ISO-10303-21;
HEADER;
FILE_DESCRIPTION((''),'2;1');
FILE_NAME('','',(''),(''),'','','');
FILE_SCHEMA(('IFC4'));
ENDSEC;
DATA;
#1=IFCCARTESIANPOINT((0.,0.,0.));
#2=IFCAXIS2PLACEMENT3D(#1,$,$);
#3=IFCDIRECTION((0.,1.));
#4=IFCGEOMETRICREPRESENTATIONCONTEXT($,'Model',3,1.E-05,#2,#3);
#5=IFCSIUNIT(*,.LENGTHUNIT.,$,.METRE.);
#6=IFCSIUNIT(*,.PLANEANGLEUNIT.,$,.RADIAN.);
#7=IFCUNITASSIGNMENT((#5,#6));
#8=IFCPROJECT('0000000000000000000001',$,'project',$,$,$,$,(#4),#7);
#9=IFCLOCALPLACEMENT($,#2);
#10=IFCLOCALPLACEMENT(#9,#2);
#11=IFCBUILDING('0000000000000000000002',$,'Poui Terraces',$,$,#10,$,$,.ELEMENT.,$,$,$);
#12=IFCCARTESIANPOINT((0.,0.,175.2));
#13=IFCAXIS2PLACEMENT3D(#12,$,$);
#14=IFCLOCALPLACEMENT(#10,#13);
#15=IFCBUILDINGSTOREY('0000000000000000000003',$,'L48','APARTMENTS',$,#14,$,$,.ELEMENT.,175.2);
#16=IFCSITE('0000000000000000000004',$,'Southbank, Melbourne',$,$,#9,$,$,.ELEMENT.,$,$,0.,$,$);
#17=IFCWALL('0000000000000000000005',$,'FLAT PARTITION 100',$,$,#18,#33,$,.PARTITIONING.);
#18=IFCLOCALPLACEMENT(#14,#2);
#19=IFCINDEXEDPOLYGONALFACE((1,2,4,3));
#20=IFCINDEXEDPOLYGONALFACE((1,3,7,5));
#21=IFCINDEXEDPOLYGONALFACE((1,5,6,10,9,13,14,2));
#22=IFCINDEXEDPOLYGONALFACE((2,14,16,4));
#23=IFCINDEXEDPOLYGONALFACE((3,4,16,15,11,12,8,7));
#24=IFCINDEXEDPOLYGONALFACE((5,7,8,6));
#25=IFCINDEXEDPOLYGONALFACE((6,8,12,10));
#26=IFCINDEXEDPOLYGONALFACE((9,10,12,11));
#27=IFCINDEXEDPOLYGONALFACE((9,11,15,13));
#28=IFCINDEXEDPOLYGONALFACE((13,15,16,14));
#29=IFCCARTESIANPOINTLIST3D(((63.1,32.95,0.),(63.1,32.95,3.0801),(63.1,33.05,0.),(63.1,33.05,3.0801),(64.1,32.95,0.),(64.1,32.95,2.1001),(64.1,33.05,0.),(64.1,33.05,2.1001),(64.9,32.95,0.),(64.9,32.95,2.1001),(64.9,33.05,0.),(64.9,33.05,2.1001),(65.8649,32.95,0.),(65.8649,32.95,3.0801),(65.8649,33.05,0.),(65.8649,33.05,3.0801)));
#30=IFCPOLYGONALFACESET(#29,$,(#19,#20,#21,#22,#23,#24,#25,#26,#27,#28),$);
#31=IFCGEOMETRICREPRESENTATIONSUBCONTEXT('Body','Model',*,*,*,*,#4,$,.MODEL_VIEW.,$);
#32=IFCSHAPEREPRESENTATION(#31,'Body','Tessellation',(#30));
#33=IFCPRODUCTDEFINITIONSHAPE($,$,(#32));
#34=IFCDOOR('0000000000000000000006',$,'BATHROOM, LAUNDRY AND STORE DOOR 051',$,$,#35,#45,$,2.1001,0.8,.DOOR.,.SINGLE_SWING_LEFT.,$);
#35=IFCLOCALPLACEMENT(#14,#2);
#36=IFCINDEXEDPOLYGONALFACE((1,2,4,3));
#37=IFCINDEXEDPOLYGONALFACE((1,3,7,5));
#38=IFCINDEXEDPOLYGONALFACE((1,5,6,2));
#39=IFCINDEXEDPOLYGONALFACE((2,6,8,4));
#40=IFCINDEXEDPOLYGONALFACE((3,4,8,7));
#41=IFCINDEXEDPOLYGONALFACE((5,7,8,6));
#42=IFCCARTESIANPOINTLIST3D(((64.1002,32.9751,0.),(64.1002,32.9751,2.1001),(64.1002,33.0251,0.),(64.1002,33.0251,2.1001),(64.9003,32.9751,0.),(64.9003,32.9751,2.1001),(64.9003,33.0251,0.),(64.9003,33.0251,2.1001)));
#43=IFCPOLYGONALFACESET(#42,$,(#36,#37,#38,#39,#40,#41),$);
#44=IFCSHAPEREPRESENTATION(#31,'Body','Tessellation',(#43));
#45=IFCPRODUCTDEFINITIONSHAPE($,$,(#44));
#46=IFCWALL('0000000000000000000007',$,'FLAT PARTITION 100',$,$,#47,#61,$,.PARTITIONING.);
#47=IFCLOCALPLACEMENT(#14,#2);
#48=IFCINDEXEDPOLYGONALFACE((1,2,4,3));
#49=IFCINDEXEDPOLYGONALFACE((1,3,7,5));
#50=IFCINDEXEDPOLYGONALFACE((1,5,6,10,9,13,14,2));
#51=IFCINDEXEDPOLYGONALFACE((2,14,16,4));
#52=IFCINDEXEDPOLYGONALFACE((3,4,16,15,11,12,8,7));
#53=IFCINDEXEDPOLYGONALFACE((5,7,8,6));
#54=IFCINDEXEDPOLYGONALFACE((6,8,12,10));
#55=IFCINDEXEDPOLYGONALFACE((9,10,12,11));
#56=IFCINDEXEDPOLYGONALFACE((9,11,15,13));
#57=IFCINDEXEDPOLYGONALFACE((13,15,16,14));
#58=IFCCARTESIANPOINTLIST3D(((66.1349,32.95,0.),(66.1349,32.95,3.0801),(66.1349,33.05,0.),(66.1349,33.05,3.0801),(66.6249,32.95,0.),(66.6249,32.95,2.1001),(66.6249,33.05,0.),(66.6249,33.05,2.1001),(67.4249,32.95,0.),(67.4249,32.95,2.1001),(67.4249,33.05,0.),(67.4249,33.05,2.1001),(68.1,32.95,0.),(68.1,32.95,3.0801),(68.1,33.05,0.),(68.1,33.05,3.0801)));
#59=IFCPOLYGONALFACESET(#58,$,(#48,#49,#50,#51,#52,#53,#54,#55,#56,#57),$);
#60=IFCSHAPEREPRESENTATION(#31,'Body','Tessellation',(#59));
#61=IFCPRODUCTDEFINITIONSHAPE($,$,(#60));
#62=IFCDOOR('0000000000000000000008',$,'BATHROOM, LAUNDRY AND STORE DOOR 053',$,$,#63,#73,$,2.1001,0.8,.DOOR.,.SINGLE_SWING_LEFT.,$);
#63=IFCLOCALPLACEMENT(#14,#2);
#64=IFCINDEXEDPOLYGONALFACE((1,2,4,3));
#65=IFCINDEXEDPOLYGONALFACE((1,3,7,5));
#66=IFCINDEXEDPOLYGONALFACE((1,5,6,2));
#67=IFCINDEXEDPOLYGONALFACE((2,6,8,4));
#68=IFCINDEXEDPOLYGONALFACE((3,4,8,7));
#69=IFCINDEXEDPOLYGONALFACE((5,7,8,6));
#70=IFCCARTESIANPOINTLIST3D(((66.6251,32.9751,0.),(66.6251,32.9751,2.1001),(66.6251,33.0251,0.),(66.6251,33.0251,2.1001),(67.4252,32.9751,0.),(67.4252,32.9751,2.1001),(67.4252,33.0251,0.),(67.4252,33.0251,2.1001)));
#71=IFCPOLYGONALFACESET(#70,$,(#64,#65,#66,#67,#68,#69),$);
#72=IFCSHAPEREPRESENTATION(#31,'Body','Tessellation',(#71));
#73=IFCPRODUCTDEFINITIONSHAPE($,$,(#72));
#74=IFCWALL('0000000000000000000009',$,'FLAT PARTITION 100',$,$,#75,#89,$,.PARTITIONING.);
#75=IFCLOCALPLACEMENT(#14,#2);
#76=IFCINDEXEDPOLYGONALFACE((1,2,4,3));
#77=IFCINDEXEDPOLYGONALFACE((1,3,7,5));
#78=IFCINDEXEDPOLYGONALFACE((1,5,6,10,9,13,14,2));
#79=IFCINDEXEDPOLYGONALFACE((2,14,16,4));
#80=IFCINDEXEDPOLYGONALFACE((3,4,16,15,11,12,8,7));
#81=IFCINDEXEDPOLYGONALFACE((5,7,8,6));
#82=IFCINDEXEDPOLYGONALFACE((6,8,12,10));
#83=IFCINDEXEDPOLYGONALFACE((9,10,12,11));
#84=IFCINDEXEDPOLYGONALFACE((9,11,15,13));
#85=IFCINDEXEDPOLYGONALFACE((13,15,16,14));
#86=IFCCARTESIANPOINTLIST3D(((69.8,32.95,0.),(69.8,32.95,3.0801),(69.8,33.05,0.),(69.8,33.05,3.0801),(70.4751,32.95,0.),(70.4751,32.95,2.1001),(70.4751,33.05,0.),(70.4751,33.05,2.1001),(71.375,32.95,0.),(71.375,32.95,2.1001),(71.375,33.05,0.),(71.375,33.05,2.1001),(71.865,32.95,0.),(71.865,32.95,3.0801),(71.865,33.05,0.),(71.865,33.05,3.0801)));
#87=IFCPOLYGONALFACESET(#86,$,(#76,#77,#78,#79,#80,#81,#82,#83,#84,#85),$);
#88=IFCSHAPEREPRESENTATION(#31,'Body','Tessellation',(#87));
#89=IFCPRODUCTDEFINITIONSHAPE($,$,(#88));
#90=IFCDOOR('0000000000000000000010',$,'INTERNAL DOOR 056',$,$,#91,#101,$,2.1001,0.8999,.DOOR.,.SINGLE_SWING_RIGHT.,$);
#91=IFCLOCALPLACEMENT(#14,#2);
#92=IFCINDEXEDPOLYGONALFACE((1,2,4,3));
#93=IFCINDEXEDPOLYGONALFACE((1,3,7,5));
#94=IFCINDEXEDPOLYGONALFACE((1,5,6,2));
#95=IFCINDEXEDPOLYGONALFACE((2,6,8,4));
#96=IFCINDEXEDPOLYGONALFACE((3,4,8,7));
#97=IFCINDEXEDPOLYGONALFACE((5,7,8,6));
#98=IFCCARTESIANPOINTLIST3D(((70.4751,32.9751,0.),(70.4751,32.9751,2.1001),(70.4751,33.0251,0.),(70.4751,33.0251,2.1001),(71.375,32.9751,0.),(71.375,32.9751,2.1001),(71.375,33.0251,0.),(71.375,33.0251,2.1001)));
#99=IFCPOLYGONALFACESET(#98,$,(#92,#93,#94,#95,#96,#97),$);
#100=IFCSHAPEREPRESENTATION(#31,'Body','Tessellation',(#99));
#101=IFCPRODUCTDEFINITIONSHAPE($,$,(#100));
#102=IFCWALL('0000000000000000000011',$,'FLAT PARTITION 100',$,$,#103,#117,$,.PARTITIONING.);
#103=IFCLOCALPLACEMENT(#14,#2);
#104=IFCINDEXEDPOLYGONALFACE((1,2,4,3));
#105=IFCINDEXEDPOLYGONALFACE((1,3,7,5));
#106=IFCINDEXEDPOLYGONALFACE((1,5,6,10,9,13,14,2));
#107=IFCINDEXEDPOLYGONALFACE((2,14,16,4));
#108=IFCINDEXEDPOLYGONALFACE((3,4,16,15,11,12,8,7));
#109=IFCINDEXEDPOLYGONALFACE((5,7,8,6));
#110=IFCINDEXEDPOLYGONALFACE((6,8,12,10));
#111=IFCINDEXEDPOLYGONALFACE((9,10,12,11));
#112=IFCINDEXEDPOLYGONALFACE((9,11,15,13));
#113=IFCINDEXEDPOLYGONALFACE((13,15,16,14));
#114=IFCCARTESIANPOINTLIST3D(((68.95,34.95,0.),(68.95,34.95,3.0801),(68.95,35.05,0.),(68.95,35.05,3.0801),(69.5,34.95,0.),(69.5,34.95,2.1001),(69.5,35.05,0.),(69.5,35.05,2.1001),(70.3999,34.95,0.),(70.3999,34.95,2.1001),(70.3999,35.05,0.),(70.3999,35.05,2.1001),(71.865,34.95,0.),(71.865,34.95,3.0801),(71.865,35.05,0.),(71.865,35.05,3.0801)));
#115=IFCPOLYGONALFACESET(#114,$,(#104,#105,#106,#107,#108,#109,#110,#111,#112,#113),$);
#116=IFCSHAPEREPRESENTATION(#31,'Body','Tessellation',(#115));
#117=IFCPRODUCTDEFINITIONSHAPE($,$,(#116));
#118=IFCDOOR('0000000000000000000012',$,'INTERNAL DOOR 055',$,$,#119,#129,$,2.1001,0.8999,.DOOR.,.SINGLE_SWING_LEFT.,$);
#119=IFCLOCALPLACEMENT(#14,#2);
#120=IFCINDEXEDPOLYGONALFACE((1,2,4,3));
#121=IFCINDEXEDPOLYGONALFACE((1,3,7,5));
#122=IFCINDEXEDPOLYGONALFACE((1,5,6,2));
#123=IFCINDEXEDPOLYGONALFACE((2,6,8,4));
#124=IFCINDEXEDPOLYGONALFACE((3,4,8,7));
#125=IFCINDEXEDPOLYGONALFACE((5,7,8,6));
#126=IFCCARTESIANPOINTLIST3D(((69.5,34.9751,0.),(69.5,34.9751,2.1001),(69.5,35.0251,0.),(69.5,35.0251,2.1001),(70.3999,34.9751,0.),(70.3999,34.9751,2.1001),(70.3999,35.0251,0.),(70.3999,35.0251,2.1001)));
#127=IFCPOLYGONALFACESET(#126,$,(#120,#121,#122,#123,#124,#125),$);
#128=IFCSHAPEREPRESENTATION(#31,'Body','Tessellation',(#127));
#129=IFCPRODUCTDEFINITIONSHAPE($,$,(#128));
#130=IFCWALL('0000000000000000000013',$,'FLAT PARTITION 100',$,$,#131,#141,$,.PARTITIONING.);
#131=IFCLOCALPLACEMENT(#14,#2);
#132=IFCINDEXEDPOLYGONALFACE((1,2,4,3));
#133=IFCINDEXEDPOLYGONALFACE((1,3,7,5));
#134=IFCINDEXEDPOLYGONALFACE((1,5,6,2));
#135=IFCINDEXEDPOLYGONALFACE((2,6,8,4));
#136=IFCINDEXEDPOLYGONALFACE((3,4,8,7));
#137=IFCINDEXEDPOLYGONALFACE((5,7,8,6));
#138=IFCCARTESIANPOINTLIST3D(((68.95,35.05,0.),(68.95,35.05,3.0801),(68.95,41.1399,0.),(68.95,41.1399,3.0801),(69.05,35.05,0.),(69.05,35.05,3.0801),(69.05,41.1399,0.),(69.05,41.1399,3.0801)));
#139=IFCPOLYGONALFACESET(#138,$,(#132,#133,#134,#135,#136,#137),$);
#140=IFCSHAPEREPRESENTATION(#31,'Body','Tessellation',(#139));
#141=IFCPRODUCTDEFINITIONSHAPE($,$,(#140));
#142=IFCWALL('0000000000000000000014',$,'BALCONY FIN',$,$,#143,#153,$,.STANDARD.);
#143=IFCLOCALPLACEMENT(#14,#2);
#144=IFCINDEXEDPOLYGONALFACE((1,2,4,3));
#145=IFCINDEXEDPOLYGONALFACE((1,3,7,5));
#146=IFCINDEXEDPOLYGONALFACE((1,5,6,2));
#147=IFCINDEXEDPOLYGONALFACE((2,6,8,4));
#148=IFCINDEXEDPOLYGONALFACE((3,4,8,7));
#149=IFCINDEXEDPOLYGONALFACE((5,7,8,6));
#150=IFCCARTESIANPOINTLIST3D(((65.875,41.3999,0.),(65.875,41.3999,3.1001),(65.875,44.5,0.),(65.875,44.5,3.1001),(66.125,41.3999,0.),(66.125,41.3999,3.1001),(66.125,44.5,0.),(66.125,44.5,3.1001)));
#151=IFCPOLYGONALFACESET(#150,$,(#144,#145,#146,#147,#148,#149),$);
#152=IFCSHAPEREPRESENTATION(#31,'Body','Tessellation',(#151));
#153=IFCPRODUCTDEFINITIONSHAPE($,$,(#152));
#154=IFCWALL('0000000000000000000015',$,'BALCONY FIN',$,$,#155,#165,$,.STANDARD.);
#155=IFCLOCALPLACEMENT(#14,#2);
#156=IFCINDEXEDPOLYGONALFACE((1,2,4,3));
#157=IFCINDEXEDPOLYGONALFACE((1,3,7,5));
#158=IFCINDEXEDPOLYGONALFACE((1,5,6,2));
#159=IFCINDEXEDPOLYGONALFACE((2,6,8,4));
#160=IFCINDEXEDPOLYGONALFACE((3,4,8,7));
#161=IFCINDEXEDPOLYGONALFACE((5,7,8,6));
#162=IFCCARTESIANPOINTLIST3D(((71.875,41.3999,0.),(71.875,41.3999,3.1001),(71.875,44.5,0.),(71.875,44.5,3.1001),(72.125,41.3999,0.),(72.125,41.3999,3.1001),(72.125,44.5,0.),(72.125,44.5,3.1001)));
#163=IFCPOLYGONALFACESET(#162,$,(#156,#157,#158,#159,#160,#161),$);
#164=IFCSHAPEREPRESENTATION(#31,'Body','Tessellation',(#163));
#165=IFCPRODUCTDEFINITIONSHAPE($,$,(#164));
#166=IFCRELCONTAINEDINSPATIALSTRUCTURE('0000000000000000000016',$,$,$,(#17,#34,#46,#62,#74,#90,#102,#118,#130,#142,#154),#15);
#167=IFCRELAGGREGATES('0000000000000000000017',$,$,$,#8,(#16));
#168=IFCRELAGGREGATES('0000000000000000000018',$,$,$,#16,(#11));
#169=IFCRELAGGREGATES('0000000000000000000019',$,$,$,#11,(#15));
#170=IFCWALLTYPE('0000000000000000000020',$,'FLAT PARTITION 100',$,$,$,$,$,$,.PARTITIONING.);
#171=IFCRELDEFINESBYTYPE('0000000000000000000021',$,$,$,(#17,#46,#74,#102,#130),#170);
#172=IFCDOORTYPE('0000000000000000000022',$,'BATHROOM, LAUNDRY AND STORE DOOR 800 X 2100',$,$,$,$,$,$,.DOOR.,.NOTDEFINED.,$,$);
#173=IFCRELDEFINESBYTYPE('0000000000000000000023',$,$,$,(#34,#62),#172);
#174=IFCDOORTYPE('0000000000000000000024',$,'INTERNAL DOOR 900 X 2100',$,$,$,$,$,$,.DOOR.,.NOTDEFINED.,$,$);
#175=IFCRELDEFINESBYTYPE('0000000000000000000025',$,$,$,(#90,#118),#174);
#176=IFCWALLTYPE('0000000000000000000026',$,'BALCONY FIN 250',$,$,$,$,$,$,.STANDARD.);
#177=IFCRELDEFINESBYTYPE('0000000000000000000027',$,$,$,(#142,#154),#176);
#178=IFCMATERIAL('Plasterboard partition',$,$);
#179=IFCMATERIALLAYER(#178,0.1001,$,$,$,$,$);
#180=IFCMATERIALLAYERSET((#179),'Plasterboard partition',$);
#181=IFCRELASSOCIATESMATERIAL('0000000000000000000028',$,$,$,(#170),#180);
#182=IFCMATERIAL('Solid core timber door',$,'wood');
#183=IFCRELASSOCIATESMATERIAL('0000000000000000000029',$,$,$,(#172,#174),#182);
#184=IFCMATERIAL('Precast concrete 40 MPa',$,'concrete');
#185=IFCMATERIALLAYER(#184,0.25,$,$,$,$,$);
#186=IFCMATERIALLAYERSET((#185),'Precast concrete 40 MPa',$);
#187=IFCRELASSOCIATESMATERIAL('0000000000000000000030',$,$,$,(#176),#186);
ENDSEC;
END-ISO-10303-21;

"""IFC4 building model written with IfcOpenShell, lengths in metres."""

from ifc_helpers import new_model, si_unit, direction, frame, frame_2d, origin, place, context, subcontext, project, spatial, polyline, rectangle, outline, extrude, source, transform, mapped, material, layer, layer_set, type_object, element, fill, save


model = new_model("IFC4")

# Units and contexts
model_context = context("Model", 3, precision=1e-05, world=origin(), true_north=direction((0.0, 1.0)))
body_context = subcontext(model_context, "Body", "Model", "MODEL_VIEW")
ifc_project = project(units=[si_unit("LENGTHUNIT", "METRE"), si_unit("PLANEANGLEUNIT", "RADIAN")], contexts=[model_context])

# Site, building, storey
site_placement = place(None, origin())
site = spatial("IfcSite", under=ifc_project, at=site_placement, Name="Southbank, Melbourne", CompositionType="ELEMENT", RefElevation=0.0)
building_placement = place(site_placement, origin())
building = spatial("IfcBuilding", under=site, at=building_placement, Name="Poui Terraces", CompositionType="ELEMENT")
storey_placement = place(building_placement, frame((0.0, 0.0, 175.2)))
storey = spatial("IfcBuildingStorey", under=building, at=storey_placement, Name="L48", Description="APARTMENTS", CompositionType="ELEMENT", Elevation=175.2)

# Walls, openings, doors
ifc_material_1 = material(Name="Plasterboard partition")
ifc_layer_1 = layer(ifc_material_1, 0.1001)
ifc_layer_set_1 = layer_set([ifc_layer_1], Name="Plasterboard partition")
wall_type_1 = type_object("IfcWallType", Name="FLAT PARTITION 100", PredefinedType="PARTITIONING", material=ifc_layer_set_1)
wall_1_placement = place(storey_placement, frame((63.1001, 33.0, 0.0), z_axis=(0.0, 0.0, 1.0), x_axis=(1.0, 0.0, 0.0)))
wall_1 = element("IfcWall", 1, at=wall_1_placement, inside=storey, type_object=wall_type_1, Name="FLAT PARTITION 100", PredefinedType="PARTITIONING", context=body_context, shape_type="SweptSolid", body=[
    extrude(rectangle(XDim=2.7649, YDim=0.1001, at=frame_2d((1.3823, 0.0))), origin(), (0.0, 0.0, 1.0), 3.0801),
])
opening_1_placement = place(wall_1_placement, frame((1.0, 0.0, 0.0)))
opening_1 = element("IfcOpeningElement", 2, at=opening_1_placement, cuts=wall_1, PredefinedType="OPENING", context=body_context, shape_type="SweptSolid", body=[
    extrude(rectangle(XDim=0.8, YDim=2.1001, at=frame_2d((0.3999, 1.05))), frame((0.0, 0.0601, 0.0), z_axis=(0.0, -1.0, 0.0), x_axis=(1.0, 0.0, 0.0)), (0.0, 0.0, 1.0), 0.1201),
])
ifc_material_2 = material(Name="Solid core timber door", Category="wood")
door_type_1 = type_object("IfcDoorType", Name="BATHROOM, LAUNDRY AND STORE DOOR 800 X 2100", OperationType="NOTDEFINED", PredefinedType="DOOR", material=ifc_material_2)
door_1_placement = place(opening_1_placement, frame((0.8, 0.0, 0.0), z_axis=(0.0, 0.0, 1.0), x_axis=(-1.0, 0.0, 0.0)))
door_1 = element("IfcDoor", 3, at=door_1_placement, inside=storey, type_object=door_type_1, Name="BATHROOM, LAUNDRY AND STORE DOOR 051", OperationType="SINGLE_SWING_LEFT", OverallHeight=2.1001, OverallWidth=0.8, PredefinedType="DOOR", context=body_context, shape_type="SweptSolid", body=[
    extrude(rectangle(XDim=0.8, YDim=2.1001, at=frame_2d((0.3999, 1.05))), frame((0.0, 0.0249, 0.0), z_axis=(0.0, -1.0, 0.0), x_axis=(1.0, 0.0, 0.0)), (0.0, 0.0, 1.0), 0.05),
])
fill(opening_1, door_1)
wall_2_placement = place(storey_placement, frame((66.135, 33.0, 0.0), z_axis=(0.0, 0.0, 1.0), x_axis=(1.0, 0.0, 0.0)))
wall_2 = element("IfcWall", 4, at=wall_2_placement, inside=storey, type_object=wall_type_1, Name="FLAT PARTITION 100", PredefinedType="PARTITIONING", context=body_context, shape_type="SweptSolid", body=[
    extrude(rectangle(XDim=1.9651, YDim=0.1001, at=frame_2d((0.9824, 0.0))), origin(), (0.0, 0.0, 1.0), 3.0801),
])
opening_2_placement = place(wall_2_placement, frame((0.49, 0.0, 0.0)))
opening_2 = element("IfcOpeningElement", 5, at=opening_2_placement, cuts=wall_2, PredefinedType="OPENING", context=body_context, shape_type="SweptSolid", body=[
    extrude(rectangle(XDim=0.8, YDim=2.1001, at=frame_2d((0.3999, 1.05))), frame((0.0, 0.0601, 0.0), z_axis=(0.0, -1.0, 0.0), x_axis=(1.0, 0.0, 0.0)), (0.0, 0.0, 1.0), 0.1201),
])
door_2_placement = place(opening_2_placement, frame((0.8, 0.0, 0.0), z_axis=(0.0, 0.0, 1.0), x_axis=(-1.0, 0.0, 0.0)))
door_2 = element("IfcDoor", 6, at=door_2_placement, inside=storey, type_object=door_type_1, Name="BATHROOM, LAUNDRY AND STORE DOOR 053", OperationType="SINGLE_SWING_LEFT", OverallHeight=2.1001, OverallWidth=0.8, PredefinedType="DOOR", context=body_context, shape_type="SweptSolid", body=[
    extrude(rectangle(XDim=0.8, YDim=2.1001, at=frame_2d((0.3999, 1.05))), frame((0.0, 0.0249, 0.0), z_axis=(0.0, -1.0, 0.0), x_axis=(1.0, 0.0, 0.0)), (0.0, 0.0, 1.0), 0.05),
])
fill(opening_2, door_2)
wall_3_placement = place(storey_placement, frame((69.8, 33.0, 0.0), z_axis=(0.0, 0.0, 1.0), x_axis=(1.0, 0.0, 0.0)))
wall_3 = element("IfcWall", 7, at=wall_3_placement, inside=storey, type_object=wall_type_1, Name="FLAT PARTITION 100", PredefinedType="PARTITIONING", context=body_context, shape_type="SweptSolid", body=[
    extrude(rectangle(XDim=2.0649, YDim=0.1001, at=frame_2d((1.0325, 0.0))), origin(), (0.0, 0.0, 1.0), 3.0801),
])
opening_3_placement = place(wall_3_placement, frame((0.675, 0.0, 0.0)))
opening_3 = element("IfcOpeningElement", 8, at=opening_3_placement, cuts=wall_3, PredefinedType="OPENING", context=body_context, shape_type="SweptSolid", body=[
    extrude(rectangle(XDim=0.8999, YDim=2.1001, at=frame_2d((0.45, 1.05))), frame((0.0, 0.0601, 0.0), z_axis=(0.0, -1.0, 0.0), x_axis=(1.0, 0.0, 0.0)), (0.0, 0.0, 1.0), 0.1201),
])
door_type_2 = type_object("IfcDoorType", Name="INTERNAL DOOR 900 X 2100", OperationType="NOTDEFINED", PredefinedType="DOOR", material=ifc_material_2)
door_3_placement = place(opening_3_placement, frame((0.8999, 0.0, 0.0), z_axis=(0.0, 0.0, 1.0), x_axis=(-1.0, 0.0, 0.0)))
door_3 = element("IfcDoor", 9, at=door_3_placement, inside=storey, type_object=door_type_2, Name="INTERNAL DOOR 056", OperationType="SINGLE_SWING_RIGHT", OverallHeight=2.1001, OverallWidth=0.8999, PredefinedType="DOOR", context=body_context, shape_type="SweptSolid", body=[
    extrude(rectangle(XDim=0.8999, YDim=2.1001, at=frame_2d((0.45, 1.05))), frame((0.0, 0.0249, 0.0), z_axis=(0.0, -1.0, 0.0), x_axis=(1.0, 0.0, 0.0)), (0.0, 0.0, 1.0), 0.05),
])
fill(opening_3, door_3)
wall_4_placement = place(storey_placement, frame((68.95, 35.0, 0.0), z_axis=(0.0, 0.0, 1.0), x_axis=(1.0, 0.0, 0.0)))
wall_4 = element("IfcWall", 10, at=wall_4_placement, inside=storey, type_object=wall_type_1, Name="FLAT PARTITION 100", PredefinedType="PARTITIONING", context=body_context, shape_type="SweptSolid", body=[
    extrude(rectangle(XDim=2.915, YDim=0.1001, at=frame_2d((1.4575, 0.0))), origin(), (0.0, 0.0, 1.0), 3.0801),
])
opening_4_placement = place(wall_4_placement, frame((0.55, 0.0, 0.0)))
opening_4 = element("IfcOpeningElement", 11, at=opening_4_placement, cuts=wall_4, PredefinedType="OPENING", context=body_context, shape_type="SweptSolid", body=[
    extrude(rectangle(XDim=0.8999, YDim=2.1001, at=frame_2d((0.45, 1.05))), frame((0.0, 0.0601, 0.0), z_axis=(0.0, -1.0, 0.0), x_axis=(1.0, 0.0, 0.0)), (0.0, 0.0, 1.0), 0.1201),
])
door_4_placement = place(opening_4_placement, frame((0.8999, 0.0, 0.0), z_axis=(0.0, 0.0, 1.0), x_axis=(-1.0, 0.0, 0.0)))
door_4 = element("IfcDoor", 12, at=door_4_placement, inside=storey, type_object=door_type_2, Name="INTERNAL DOOR 055", OperationType="SINGLE_SWING_LEFT", OverallHeight=2.1001, OverallWidth=0.8999, PredefinedType="DOOR", context=body_context, shape_type="SweptSolid", body=[
    extrude(rectangle(XDim=0.8999, YDim=2.1001, at=frame_2d((0.45, 1.05))), frame((0.0, 0.0249, 0.0), z_axis=(0.0, -1.0, 0.0), x_axis=(1.0, 0.0, 0.0)), (0.0, 0.0, 1.0), 0.05),
])
fill(opening_4, door_4)

# Walls
wall_5_placement = place(storey_placement, frame((69.0, 35.05, 0.0), z_axis=(0.0, 0.0, 1.0), x_axis=(0.0, 1.0, 0.0)))
element("IfcWall", 13, at=wall_5_placement, inside=storey, type_object=wall_type_1, Name="FLAT PARTITION 100", PredefinedType="PARTITIONING", context=body_context, shape_type="SweptSolid", body=[
    extrude(rectangle(XDim=6.0898, YDim=0.1001, at=frame_2d((3.0449, 0.0))), origin(), (0.0, 0.0, 1.0), 3.0801),
])
ifc_material_3 = material(Name="Precast concrete 40 MPa", Category="concrete")
ifc_layer_2 = layer(ifc_material_3, 0.25)
ifc_layer_set_2 = layer_set([ifc_layer_2], Name="Precast concrete 40 MPa")
wall_type_2 = type_object("IfcWallType", Name="BALCONY FIN 250", PredefinedType="STANDARD", material=ifc_layer_set_2)
shared_shape_1 = source(origin(), body_context, "Body", "SweptSolid", [
    extrude(outline(polyline([(0.0, 0.0), (0.25, 0.0), (0.25, 3.1001), (0.0, 3.1001), (0.0, 0.0)])), origin(), (0.0, 0.0, 1.0), 3.1001),
])
for number, where, name in (
    (14, (65.875, 41.3999, 0.0), "BALCONY FIN"),
    (15, (71.875, 41.3999, 0.0), "BALCONY FIN"),
):
    element("IfcWall", number, at=place(storey_placement, frame(where)), inside=storey, type_object=wall_type_2, Name=name, PredefinedType="STANDARD", context=body_context, shape_type="MappedRepresentation", body=[
        mapped(shared_shape_1, transform((0.0, 0.0, 0.0))),
    ])

save(model, "model.ifc")
